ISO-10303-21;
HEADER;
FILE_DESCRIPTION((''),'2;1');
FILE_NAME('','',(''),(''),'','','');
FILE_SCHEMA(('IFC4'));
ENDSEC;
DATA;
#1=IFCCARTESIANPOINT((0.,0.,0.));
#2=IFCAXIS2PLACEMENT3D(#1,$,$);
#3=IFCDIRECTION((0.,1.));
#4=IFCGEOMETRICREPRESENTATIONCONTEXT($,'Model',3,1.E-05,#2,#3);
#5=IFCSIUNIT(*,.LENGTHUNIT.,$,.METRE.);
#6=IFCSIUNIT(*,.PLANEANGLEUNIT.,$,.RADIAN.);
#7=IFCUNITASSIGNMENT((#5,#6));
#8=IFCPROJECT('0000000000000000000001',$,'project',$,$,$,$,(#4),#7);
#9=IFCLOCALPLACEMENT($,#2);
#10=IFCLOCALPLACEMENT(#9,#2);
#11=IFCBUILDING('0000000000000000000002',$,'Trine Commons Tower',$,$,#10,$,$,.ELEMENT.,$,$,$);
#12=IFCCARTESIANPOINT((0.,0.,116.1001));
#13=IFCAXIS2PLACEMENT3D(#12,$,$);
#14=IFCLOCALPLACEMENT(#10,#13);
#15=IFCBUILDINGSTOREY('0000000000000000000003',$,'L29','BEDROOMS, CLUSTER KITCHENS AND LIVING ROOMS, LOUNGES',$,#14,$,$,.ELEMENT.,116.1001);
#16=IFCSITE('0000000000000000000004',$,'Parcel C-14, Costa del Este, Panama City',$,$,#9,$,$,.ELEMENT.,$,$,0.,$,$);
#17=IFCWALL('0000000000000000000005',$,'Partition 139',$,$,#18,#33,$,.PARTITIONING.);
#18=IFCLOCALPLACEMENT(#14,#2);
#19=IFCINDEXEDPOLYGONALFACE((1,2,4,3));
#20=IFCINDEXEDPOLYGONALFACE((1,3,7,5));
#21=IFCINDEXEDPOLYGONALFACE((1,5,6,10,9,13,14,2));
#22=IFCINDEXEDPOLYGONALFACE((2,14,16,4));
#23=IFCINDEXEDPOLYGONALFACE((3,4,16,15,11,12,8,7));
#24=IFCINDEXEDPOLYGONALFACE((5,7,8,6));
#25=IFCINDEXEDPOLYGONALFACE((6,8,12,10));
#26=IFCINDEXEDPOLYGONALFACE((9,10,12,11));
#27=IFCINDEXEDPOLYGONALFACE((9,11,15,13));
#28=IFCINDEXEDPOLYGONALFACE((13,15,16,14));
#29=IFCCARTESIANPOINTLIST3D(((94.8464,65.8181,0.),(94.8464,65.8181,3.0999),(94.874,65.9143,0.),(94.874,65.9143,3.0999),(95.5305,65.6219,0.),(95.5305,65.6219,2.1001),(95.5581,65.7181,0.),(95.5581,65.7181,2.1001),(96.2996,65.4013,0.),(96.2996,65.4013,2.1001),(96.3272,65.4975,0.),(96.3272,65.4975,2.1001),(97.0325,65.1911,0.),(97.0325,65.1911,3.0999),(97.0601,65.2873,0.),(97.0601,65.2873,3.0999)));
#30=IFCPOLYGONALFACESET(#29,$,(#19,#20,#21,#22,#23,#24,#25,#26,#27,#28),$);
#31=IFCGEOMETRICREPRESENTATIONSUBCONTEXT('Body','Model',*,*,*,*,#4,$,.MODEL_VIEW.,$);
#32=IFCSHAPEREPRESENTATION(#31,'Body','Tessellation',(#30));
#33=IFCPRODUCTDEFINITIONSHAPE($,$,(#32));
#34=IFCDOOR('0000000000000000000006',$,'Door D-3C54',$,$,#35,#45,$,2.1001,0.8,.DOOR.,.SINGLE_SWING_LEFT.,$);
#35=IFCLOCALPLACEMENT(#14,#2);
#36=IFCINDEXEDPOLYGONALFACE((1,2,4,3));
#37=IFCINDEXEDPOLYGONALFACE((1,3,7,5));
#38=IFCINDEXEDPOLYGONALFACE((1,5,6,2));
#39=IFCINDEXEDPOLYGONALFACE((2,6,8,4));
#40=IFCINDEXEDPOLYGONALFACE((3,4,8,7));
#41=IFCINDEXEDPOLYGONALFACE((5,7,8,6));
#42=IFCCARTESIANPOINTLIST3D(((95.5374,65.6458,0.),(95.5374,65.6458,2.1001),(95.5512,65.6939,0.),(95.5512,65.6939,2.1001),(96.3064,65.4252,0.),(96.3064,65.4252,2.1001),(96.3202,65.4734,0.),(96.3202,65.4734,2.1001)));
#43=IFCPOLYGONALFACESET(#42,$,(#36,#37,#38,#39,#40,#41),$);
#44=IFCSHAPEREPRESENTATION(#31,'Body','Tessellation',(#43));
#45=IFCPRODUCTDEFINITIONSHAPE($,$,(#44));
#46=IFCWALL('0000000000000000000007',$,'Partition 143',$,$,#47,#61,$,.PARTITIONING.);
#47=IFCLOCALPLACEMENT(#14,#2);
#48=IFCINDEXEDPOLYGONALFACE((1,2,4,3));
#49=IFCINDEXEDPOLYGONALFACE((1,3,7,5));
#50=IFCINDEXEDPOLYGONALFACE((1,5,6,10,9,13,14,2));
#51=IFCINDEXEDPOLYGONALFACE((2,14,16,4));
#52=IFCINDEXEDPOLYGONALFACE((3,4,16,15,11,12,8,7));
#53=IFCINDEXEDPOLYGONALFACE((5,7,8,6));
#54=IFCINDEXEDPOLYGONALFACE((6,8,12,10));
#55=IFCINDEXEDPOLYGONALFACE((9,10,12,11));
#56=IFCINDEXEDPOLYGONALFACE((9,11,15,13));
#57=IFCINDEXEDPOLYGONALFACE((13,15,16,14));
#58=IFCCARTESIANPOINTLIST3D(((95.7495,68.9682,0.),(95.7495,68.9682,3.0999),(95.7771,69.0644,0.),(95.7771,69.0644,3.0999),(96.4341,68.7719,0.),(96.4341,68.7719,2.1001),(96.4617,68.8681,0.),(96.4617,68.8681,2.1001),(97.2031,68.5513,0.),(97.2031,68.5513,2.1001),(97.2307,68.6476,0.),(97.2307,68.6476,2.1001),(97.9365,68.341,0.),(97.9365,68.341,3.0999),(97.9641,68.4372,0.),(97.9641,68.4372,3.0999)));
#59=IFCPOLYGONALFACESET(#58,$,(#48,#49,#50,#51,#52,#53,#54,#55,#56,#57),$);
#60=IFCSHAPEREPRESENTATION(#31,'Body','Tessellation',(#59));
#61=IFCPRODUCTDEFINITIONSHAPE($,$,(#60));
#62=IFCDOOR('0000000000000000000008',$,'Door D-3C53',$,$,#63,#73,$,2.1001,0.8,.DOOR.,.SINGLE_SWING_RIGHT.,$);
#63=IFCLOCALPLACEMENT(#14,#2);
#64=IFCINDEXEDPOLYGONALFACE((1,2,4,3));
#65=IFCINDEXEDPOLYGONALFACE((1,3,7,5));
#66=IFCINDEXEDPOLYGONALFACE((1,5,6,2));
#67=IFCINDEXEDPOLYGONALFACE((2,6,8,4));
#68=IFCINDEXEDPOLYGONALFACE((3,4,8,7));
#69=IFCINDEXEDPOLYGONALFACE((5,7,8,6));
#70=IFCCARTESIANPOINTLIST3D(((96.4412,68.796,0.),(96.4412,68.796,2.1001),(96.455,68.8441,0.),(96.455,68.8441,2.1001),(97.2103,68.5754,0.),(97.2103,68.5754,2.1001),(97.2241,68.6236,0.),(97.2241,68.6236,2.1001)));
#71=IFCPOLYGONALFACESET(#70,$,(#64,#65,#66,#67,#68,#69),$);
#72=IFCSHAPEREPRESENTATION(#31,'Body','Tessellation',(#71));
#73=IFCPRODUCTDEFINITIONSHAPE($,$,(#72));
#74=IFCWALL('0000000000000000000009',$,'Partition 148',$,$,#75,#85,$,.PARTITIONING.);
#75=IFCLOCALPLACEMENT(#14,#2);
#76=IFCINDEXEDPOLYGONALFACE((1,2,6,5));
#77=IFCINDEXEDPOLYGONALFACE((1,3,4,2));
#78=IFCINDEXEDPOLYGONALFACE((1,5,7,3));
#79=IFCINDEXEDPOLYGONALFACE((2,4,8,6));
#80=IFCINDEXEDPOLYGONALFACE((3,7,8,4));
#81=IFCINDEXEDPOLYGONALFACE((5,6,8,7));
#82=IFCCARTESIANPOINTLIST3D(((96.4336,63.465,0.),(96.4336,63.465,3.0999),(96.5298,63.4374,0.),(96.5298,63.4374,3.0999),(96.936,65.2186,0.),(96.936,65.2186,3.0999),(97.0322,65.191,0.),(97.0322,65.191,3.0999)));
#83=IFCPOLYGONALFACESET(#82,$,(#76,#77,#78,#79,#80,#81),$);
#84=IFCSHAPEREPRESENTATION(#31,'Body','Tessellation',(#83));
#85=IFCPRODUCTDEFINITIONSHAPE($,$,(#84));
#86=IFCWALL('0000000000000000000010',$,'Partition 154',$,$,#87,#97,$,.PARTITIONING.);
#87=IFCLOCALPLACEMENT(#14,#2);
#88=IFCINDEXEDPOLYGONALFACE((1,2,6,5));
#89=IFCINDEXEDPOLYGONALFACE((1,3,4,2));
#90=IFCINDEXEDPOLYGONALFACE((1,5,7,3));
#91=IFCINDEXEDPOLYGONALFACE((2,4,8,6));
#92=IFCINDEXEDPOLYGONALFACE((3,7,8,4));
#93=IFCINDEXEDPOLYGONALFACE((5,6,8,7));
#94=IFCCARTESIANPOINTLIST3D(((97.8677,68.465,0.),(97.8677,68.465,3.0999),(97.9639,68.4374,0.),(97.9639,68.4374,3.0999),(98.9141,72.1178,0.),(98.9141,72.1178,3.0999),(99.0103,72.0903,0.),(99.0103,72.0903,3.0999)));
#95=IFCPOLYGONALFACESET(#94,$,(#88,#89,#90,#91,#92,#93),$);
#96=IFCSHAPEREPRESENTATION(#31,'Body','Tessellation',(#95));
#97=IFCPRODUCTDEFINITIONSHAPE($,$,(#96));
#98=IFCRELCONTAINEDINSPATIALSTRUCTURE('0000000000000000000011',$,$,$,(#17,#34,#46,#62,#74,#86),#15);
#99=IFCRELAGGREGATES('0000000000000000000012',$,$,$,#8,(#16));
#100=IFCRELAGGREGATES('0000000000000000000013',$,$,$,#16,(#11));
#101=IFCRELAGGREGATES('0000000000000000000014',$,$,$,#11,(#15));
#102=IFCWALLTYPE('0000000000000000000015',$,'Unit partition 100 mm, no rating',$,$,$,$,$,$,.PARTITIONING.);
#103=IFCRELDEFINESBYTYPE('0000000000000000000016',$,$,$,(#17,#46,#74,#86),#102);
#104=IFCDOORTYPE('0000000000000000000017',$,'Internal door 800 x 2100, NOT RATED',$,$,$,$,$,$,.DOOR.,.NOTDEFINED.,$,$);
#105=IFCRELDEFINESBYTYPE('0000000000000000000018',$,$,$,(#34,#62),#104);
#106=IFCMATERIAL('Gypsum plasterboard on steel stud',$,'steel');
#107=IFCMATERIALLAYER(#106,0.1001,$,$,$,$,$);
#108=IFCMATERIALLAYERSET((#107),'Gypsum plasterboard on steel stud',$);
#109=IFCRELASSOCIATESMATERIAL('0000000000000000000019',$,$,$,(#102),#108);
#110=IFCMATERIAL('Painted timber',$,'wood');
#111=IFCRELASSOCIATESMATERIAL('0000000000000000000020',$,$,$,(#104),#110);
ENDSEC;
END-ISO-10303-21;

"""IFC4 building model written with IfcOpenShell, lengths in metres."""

from ifc_helpers import new_model, si_unit, direction, frame, frame_2d, origin, place, context, subcontext, project, spatial, rectangle, extrude, material, layer, layer_set, type_object, element, fill, save


model = new_model("IFC4")

# Units and contexts
model_context = context("Model", 3, precision=1e-05, world=origin(), true_north=direction((0.0, 1.0)))
body_context = subcontext(model_context, "Body", "Model", "MODEL_VIEW")
ifc_project = project(units=[si_unit("LENGTHUNIT", "METRE"), si_unit("PLANEANGLEUNIT", "RADIAN")], contexts=[model_context])

# Site, building, storey
site_placement = place(None, origin())
site = spatial("IfcSite", under=ifc_project, at=site_placement, Name="Parcel C-14, Costa del Este, Panama City", CompositionType="ELEMENT", RefElevation=0.0)
building_placement = place(site_placement, origin())
building = spatial("IfcBuilding", under=site, at=building_placement, Name="Trine Commons Tower", CompositionType="ELEMENT")
storey_placement = place(building_placement, frame((0.0, 0.0, 116.1001)))
storey = spatial("IfcBuildingStorey", under=building, at=storey_placement, Name="L29", Description="BEDROOMS, CLUSTER KITCHENS AND LIVING ROOMS, LOUNGES", CompositionType="ELEMENT", Elevation=116.1001)

# Shared definitions
ifc_material_1 = material(Name="Gypsum plasterboard on steel stud", Category="steel")

# Walls, openings, doors
ifc_layer_1 = layer(ifc_material_1, 0.1001)
ifc_layer_set_1 = layer_set([ifc_layer_1], Name="Gypsum plasterboard on steel stud")
wall_type_1 = type_object("IfcWallType", Name="Unit partition 100 mm, no rating", PredefinedType="PARTITIONING", material=ifc_layer_set_1)
ifc_material_2 = material(Name="Painted timber", Category="wood")
door_type_1 = type_object("IfcDoorType", Name="Internal door 800 x 2100, NOT RATED", OperationType="NOTDEFINED", PredefinedType="DOOR", material=ifc_material_2)
wall_1_placement = place(storey_placement, frame((94.8601, 65.8662, 0.0), z_axis=(0.0, 0.0, 1.0), x_axis=(0.961248, -0.275685, 0.0)))
wall_1 = element("IfcWall", 1, at=wall_1_placement, inside=storey, type_object=wall_type_1, Name="Partition 139", PredefinedType="PARTITIONING", context=body_context, shape_type="SweptSolid", body=[
    extrude(rectangle(XDim=2.2742, YDim=0.1001, at=frame_2d((1.1372, 0.0))), origin(), (0.0, 0.0, 1.0), 3.0999),
])
opening_1_placement = place(wall_1_placement, frame((0.7119, 0.0, 0.0)))
opening_1 = element("IfcOpeningElement", 2, at=opening_1_placement, cuts=wall_1, PredefinedType="OPENING", context=body_context, shape_type="SweptSolid", body=[
    extrude(rectangle(XDim=0.8, YDim=2.1001, at=frame_2d((0.3999, 1.05))), frame((0.0, 0.0601, 0.0), z_axis=(0.0, -1.0, 0.0), x_axis=(1.0, 0.0, 0.0)), (0.0, 0.0, 1.0), 0.1201),
])
door_1_placement = place(opening_1_placement, origin())
door_1 = element("IfcDoor", 3, at=door_1_placement, inside=storey, type_object=door_type_1, Name="Door D-3C54", OperationType="SINGLE_SWING_LEFT", OverallHeight=2.1001, OverallWidth=0.8, PredefinedType="DOOR", context=body_context, shape_type="SweptSolid", body=[
    extrude(rectangle(XDim=0.8, YDim=2.1001, at=frame_2d((0.3999, 1.05))), frame((0.0, 0.0249, 0.0), z_axis=(0.0, -1.0, 0.0), x_axis=(1.0, 0.0, 0.0)), (0.0, 0.0, 1.0), 0.05),
])
fill(opening_1, door_1)
wall_2_placement = place(storey_placement, frame((95.7632, 69.0164, 0.0), z_axis=(0.0, 0.0, 1.0), x_axis=(0.961252, -0.275671, 0.0)))
wall_2 = element("IfcWall", 4, at=wall_2_placement, inside=storey, type_object=wall_type_1, Name="Partition 143", PredefinedType="PARTITIONING", context=body_context, shape_type="SweptSolid", body=[
    extrude(rectangle(XDim=2.2751, YDim=0.1001, at=frame_2d((1.1377, 0.0))), origin(), (0.0, 0.0, 1.0), 3.0999),
])
opening_2_placement = place(wall_2_placement, frame((0.7124, 0.0, 0.0)))
opening_2 = element("IfcOpeningElement", 5, at=opening_2_placement, cuts=wall_2, PredefinedType="OPENING", context=body_context, shape_type="SweptSolid", body=[
    extrude(rectangle(XDim=0.8, YDim=2.1001, at=frame_2d((0.3999, 1.05))), frame((0.0, 0.0601, 0.0), z_axis=(0.0, -1.0, 0.0), x_axis=(1.0, 0.0, 0.0)), (0.0, 0.0, 1.0), 0.1201),
])
door_2_placement = place(opening_2_placement, frame((0.8, 0.0, 0.0), z_axis=(0.0, 0.0, 1.0), x_axis=(-1.0, 0.0, 0.0)))
door_2 = element("IfcDoor", 6, at=door_2_placement, inside=storey, type_object=door_type_1, Name="Door D-3C53", OperationType="SINGLE_SWING_RIGHT", OverallHeight=2.1001, OverallWidth=0.8, PredefinedType="DOOR", context=body_context, shape_type="SweptSolid", body=[
    extrude(rectangle(XDim=0.8, YDim=2.1001, at=frame_2d((0.3999, 1.05))), frame((0.0, 0.0249, 0.0), z_axis=(0.0, -1.0, 0.0), x_axis=(1.0, 0.0, 0.0)), (0.0, 0.0, 1.0), 0.05),
])
fill(opening_2, door_2)

# Walls
wall_3_placement = place(storey_placement, frame((96.4817, 63.4512, 0.0), z_axis=(0.0, 0.0, 1.0), x_axis=(0.275428, 0.961322, 0.0)))
element("IfcWall", 7, at=wall_3_placement, inside=storey, type_object=wall_type_1, Name="Partition 148", PredefinedType="PARTITIONING", context=body_context, shape_type="SweptSolid", body=[
    extrude(rectangle(XDim=1.8242, YDim=0.1001, at=frame_2d((0.9121, 0.0))), origin(), (0.0, 0.0, 1.0), 3.0999),
])
wall_4_placement = place(storey_placement, frame((97.9158, 68.4512, 0.0), z_axis=(0.0, 0.0, 1.0), x_axis=(0.275383, 0.961335, 0.0)))
element("IfcWall", 8, at=wall_4_placement, inside=storey, type_object=wall_type_1, Name="Partition 154", PredefinedType="PARTITIONING", context=body_context, shape_type="SweptSolid", body=[
    extrude(rectangle(XDim=3.7998, YDim=0.1001, at=frame_2d((1.8999, 0.0))), origin(), (0.0, 0.0, 1.0), 3.0999),
])

save(model, "model.ifc")
